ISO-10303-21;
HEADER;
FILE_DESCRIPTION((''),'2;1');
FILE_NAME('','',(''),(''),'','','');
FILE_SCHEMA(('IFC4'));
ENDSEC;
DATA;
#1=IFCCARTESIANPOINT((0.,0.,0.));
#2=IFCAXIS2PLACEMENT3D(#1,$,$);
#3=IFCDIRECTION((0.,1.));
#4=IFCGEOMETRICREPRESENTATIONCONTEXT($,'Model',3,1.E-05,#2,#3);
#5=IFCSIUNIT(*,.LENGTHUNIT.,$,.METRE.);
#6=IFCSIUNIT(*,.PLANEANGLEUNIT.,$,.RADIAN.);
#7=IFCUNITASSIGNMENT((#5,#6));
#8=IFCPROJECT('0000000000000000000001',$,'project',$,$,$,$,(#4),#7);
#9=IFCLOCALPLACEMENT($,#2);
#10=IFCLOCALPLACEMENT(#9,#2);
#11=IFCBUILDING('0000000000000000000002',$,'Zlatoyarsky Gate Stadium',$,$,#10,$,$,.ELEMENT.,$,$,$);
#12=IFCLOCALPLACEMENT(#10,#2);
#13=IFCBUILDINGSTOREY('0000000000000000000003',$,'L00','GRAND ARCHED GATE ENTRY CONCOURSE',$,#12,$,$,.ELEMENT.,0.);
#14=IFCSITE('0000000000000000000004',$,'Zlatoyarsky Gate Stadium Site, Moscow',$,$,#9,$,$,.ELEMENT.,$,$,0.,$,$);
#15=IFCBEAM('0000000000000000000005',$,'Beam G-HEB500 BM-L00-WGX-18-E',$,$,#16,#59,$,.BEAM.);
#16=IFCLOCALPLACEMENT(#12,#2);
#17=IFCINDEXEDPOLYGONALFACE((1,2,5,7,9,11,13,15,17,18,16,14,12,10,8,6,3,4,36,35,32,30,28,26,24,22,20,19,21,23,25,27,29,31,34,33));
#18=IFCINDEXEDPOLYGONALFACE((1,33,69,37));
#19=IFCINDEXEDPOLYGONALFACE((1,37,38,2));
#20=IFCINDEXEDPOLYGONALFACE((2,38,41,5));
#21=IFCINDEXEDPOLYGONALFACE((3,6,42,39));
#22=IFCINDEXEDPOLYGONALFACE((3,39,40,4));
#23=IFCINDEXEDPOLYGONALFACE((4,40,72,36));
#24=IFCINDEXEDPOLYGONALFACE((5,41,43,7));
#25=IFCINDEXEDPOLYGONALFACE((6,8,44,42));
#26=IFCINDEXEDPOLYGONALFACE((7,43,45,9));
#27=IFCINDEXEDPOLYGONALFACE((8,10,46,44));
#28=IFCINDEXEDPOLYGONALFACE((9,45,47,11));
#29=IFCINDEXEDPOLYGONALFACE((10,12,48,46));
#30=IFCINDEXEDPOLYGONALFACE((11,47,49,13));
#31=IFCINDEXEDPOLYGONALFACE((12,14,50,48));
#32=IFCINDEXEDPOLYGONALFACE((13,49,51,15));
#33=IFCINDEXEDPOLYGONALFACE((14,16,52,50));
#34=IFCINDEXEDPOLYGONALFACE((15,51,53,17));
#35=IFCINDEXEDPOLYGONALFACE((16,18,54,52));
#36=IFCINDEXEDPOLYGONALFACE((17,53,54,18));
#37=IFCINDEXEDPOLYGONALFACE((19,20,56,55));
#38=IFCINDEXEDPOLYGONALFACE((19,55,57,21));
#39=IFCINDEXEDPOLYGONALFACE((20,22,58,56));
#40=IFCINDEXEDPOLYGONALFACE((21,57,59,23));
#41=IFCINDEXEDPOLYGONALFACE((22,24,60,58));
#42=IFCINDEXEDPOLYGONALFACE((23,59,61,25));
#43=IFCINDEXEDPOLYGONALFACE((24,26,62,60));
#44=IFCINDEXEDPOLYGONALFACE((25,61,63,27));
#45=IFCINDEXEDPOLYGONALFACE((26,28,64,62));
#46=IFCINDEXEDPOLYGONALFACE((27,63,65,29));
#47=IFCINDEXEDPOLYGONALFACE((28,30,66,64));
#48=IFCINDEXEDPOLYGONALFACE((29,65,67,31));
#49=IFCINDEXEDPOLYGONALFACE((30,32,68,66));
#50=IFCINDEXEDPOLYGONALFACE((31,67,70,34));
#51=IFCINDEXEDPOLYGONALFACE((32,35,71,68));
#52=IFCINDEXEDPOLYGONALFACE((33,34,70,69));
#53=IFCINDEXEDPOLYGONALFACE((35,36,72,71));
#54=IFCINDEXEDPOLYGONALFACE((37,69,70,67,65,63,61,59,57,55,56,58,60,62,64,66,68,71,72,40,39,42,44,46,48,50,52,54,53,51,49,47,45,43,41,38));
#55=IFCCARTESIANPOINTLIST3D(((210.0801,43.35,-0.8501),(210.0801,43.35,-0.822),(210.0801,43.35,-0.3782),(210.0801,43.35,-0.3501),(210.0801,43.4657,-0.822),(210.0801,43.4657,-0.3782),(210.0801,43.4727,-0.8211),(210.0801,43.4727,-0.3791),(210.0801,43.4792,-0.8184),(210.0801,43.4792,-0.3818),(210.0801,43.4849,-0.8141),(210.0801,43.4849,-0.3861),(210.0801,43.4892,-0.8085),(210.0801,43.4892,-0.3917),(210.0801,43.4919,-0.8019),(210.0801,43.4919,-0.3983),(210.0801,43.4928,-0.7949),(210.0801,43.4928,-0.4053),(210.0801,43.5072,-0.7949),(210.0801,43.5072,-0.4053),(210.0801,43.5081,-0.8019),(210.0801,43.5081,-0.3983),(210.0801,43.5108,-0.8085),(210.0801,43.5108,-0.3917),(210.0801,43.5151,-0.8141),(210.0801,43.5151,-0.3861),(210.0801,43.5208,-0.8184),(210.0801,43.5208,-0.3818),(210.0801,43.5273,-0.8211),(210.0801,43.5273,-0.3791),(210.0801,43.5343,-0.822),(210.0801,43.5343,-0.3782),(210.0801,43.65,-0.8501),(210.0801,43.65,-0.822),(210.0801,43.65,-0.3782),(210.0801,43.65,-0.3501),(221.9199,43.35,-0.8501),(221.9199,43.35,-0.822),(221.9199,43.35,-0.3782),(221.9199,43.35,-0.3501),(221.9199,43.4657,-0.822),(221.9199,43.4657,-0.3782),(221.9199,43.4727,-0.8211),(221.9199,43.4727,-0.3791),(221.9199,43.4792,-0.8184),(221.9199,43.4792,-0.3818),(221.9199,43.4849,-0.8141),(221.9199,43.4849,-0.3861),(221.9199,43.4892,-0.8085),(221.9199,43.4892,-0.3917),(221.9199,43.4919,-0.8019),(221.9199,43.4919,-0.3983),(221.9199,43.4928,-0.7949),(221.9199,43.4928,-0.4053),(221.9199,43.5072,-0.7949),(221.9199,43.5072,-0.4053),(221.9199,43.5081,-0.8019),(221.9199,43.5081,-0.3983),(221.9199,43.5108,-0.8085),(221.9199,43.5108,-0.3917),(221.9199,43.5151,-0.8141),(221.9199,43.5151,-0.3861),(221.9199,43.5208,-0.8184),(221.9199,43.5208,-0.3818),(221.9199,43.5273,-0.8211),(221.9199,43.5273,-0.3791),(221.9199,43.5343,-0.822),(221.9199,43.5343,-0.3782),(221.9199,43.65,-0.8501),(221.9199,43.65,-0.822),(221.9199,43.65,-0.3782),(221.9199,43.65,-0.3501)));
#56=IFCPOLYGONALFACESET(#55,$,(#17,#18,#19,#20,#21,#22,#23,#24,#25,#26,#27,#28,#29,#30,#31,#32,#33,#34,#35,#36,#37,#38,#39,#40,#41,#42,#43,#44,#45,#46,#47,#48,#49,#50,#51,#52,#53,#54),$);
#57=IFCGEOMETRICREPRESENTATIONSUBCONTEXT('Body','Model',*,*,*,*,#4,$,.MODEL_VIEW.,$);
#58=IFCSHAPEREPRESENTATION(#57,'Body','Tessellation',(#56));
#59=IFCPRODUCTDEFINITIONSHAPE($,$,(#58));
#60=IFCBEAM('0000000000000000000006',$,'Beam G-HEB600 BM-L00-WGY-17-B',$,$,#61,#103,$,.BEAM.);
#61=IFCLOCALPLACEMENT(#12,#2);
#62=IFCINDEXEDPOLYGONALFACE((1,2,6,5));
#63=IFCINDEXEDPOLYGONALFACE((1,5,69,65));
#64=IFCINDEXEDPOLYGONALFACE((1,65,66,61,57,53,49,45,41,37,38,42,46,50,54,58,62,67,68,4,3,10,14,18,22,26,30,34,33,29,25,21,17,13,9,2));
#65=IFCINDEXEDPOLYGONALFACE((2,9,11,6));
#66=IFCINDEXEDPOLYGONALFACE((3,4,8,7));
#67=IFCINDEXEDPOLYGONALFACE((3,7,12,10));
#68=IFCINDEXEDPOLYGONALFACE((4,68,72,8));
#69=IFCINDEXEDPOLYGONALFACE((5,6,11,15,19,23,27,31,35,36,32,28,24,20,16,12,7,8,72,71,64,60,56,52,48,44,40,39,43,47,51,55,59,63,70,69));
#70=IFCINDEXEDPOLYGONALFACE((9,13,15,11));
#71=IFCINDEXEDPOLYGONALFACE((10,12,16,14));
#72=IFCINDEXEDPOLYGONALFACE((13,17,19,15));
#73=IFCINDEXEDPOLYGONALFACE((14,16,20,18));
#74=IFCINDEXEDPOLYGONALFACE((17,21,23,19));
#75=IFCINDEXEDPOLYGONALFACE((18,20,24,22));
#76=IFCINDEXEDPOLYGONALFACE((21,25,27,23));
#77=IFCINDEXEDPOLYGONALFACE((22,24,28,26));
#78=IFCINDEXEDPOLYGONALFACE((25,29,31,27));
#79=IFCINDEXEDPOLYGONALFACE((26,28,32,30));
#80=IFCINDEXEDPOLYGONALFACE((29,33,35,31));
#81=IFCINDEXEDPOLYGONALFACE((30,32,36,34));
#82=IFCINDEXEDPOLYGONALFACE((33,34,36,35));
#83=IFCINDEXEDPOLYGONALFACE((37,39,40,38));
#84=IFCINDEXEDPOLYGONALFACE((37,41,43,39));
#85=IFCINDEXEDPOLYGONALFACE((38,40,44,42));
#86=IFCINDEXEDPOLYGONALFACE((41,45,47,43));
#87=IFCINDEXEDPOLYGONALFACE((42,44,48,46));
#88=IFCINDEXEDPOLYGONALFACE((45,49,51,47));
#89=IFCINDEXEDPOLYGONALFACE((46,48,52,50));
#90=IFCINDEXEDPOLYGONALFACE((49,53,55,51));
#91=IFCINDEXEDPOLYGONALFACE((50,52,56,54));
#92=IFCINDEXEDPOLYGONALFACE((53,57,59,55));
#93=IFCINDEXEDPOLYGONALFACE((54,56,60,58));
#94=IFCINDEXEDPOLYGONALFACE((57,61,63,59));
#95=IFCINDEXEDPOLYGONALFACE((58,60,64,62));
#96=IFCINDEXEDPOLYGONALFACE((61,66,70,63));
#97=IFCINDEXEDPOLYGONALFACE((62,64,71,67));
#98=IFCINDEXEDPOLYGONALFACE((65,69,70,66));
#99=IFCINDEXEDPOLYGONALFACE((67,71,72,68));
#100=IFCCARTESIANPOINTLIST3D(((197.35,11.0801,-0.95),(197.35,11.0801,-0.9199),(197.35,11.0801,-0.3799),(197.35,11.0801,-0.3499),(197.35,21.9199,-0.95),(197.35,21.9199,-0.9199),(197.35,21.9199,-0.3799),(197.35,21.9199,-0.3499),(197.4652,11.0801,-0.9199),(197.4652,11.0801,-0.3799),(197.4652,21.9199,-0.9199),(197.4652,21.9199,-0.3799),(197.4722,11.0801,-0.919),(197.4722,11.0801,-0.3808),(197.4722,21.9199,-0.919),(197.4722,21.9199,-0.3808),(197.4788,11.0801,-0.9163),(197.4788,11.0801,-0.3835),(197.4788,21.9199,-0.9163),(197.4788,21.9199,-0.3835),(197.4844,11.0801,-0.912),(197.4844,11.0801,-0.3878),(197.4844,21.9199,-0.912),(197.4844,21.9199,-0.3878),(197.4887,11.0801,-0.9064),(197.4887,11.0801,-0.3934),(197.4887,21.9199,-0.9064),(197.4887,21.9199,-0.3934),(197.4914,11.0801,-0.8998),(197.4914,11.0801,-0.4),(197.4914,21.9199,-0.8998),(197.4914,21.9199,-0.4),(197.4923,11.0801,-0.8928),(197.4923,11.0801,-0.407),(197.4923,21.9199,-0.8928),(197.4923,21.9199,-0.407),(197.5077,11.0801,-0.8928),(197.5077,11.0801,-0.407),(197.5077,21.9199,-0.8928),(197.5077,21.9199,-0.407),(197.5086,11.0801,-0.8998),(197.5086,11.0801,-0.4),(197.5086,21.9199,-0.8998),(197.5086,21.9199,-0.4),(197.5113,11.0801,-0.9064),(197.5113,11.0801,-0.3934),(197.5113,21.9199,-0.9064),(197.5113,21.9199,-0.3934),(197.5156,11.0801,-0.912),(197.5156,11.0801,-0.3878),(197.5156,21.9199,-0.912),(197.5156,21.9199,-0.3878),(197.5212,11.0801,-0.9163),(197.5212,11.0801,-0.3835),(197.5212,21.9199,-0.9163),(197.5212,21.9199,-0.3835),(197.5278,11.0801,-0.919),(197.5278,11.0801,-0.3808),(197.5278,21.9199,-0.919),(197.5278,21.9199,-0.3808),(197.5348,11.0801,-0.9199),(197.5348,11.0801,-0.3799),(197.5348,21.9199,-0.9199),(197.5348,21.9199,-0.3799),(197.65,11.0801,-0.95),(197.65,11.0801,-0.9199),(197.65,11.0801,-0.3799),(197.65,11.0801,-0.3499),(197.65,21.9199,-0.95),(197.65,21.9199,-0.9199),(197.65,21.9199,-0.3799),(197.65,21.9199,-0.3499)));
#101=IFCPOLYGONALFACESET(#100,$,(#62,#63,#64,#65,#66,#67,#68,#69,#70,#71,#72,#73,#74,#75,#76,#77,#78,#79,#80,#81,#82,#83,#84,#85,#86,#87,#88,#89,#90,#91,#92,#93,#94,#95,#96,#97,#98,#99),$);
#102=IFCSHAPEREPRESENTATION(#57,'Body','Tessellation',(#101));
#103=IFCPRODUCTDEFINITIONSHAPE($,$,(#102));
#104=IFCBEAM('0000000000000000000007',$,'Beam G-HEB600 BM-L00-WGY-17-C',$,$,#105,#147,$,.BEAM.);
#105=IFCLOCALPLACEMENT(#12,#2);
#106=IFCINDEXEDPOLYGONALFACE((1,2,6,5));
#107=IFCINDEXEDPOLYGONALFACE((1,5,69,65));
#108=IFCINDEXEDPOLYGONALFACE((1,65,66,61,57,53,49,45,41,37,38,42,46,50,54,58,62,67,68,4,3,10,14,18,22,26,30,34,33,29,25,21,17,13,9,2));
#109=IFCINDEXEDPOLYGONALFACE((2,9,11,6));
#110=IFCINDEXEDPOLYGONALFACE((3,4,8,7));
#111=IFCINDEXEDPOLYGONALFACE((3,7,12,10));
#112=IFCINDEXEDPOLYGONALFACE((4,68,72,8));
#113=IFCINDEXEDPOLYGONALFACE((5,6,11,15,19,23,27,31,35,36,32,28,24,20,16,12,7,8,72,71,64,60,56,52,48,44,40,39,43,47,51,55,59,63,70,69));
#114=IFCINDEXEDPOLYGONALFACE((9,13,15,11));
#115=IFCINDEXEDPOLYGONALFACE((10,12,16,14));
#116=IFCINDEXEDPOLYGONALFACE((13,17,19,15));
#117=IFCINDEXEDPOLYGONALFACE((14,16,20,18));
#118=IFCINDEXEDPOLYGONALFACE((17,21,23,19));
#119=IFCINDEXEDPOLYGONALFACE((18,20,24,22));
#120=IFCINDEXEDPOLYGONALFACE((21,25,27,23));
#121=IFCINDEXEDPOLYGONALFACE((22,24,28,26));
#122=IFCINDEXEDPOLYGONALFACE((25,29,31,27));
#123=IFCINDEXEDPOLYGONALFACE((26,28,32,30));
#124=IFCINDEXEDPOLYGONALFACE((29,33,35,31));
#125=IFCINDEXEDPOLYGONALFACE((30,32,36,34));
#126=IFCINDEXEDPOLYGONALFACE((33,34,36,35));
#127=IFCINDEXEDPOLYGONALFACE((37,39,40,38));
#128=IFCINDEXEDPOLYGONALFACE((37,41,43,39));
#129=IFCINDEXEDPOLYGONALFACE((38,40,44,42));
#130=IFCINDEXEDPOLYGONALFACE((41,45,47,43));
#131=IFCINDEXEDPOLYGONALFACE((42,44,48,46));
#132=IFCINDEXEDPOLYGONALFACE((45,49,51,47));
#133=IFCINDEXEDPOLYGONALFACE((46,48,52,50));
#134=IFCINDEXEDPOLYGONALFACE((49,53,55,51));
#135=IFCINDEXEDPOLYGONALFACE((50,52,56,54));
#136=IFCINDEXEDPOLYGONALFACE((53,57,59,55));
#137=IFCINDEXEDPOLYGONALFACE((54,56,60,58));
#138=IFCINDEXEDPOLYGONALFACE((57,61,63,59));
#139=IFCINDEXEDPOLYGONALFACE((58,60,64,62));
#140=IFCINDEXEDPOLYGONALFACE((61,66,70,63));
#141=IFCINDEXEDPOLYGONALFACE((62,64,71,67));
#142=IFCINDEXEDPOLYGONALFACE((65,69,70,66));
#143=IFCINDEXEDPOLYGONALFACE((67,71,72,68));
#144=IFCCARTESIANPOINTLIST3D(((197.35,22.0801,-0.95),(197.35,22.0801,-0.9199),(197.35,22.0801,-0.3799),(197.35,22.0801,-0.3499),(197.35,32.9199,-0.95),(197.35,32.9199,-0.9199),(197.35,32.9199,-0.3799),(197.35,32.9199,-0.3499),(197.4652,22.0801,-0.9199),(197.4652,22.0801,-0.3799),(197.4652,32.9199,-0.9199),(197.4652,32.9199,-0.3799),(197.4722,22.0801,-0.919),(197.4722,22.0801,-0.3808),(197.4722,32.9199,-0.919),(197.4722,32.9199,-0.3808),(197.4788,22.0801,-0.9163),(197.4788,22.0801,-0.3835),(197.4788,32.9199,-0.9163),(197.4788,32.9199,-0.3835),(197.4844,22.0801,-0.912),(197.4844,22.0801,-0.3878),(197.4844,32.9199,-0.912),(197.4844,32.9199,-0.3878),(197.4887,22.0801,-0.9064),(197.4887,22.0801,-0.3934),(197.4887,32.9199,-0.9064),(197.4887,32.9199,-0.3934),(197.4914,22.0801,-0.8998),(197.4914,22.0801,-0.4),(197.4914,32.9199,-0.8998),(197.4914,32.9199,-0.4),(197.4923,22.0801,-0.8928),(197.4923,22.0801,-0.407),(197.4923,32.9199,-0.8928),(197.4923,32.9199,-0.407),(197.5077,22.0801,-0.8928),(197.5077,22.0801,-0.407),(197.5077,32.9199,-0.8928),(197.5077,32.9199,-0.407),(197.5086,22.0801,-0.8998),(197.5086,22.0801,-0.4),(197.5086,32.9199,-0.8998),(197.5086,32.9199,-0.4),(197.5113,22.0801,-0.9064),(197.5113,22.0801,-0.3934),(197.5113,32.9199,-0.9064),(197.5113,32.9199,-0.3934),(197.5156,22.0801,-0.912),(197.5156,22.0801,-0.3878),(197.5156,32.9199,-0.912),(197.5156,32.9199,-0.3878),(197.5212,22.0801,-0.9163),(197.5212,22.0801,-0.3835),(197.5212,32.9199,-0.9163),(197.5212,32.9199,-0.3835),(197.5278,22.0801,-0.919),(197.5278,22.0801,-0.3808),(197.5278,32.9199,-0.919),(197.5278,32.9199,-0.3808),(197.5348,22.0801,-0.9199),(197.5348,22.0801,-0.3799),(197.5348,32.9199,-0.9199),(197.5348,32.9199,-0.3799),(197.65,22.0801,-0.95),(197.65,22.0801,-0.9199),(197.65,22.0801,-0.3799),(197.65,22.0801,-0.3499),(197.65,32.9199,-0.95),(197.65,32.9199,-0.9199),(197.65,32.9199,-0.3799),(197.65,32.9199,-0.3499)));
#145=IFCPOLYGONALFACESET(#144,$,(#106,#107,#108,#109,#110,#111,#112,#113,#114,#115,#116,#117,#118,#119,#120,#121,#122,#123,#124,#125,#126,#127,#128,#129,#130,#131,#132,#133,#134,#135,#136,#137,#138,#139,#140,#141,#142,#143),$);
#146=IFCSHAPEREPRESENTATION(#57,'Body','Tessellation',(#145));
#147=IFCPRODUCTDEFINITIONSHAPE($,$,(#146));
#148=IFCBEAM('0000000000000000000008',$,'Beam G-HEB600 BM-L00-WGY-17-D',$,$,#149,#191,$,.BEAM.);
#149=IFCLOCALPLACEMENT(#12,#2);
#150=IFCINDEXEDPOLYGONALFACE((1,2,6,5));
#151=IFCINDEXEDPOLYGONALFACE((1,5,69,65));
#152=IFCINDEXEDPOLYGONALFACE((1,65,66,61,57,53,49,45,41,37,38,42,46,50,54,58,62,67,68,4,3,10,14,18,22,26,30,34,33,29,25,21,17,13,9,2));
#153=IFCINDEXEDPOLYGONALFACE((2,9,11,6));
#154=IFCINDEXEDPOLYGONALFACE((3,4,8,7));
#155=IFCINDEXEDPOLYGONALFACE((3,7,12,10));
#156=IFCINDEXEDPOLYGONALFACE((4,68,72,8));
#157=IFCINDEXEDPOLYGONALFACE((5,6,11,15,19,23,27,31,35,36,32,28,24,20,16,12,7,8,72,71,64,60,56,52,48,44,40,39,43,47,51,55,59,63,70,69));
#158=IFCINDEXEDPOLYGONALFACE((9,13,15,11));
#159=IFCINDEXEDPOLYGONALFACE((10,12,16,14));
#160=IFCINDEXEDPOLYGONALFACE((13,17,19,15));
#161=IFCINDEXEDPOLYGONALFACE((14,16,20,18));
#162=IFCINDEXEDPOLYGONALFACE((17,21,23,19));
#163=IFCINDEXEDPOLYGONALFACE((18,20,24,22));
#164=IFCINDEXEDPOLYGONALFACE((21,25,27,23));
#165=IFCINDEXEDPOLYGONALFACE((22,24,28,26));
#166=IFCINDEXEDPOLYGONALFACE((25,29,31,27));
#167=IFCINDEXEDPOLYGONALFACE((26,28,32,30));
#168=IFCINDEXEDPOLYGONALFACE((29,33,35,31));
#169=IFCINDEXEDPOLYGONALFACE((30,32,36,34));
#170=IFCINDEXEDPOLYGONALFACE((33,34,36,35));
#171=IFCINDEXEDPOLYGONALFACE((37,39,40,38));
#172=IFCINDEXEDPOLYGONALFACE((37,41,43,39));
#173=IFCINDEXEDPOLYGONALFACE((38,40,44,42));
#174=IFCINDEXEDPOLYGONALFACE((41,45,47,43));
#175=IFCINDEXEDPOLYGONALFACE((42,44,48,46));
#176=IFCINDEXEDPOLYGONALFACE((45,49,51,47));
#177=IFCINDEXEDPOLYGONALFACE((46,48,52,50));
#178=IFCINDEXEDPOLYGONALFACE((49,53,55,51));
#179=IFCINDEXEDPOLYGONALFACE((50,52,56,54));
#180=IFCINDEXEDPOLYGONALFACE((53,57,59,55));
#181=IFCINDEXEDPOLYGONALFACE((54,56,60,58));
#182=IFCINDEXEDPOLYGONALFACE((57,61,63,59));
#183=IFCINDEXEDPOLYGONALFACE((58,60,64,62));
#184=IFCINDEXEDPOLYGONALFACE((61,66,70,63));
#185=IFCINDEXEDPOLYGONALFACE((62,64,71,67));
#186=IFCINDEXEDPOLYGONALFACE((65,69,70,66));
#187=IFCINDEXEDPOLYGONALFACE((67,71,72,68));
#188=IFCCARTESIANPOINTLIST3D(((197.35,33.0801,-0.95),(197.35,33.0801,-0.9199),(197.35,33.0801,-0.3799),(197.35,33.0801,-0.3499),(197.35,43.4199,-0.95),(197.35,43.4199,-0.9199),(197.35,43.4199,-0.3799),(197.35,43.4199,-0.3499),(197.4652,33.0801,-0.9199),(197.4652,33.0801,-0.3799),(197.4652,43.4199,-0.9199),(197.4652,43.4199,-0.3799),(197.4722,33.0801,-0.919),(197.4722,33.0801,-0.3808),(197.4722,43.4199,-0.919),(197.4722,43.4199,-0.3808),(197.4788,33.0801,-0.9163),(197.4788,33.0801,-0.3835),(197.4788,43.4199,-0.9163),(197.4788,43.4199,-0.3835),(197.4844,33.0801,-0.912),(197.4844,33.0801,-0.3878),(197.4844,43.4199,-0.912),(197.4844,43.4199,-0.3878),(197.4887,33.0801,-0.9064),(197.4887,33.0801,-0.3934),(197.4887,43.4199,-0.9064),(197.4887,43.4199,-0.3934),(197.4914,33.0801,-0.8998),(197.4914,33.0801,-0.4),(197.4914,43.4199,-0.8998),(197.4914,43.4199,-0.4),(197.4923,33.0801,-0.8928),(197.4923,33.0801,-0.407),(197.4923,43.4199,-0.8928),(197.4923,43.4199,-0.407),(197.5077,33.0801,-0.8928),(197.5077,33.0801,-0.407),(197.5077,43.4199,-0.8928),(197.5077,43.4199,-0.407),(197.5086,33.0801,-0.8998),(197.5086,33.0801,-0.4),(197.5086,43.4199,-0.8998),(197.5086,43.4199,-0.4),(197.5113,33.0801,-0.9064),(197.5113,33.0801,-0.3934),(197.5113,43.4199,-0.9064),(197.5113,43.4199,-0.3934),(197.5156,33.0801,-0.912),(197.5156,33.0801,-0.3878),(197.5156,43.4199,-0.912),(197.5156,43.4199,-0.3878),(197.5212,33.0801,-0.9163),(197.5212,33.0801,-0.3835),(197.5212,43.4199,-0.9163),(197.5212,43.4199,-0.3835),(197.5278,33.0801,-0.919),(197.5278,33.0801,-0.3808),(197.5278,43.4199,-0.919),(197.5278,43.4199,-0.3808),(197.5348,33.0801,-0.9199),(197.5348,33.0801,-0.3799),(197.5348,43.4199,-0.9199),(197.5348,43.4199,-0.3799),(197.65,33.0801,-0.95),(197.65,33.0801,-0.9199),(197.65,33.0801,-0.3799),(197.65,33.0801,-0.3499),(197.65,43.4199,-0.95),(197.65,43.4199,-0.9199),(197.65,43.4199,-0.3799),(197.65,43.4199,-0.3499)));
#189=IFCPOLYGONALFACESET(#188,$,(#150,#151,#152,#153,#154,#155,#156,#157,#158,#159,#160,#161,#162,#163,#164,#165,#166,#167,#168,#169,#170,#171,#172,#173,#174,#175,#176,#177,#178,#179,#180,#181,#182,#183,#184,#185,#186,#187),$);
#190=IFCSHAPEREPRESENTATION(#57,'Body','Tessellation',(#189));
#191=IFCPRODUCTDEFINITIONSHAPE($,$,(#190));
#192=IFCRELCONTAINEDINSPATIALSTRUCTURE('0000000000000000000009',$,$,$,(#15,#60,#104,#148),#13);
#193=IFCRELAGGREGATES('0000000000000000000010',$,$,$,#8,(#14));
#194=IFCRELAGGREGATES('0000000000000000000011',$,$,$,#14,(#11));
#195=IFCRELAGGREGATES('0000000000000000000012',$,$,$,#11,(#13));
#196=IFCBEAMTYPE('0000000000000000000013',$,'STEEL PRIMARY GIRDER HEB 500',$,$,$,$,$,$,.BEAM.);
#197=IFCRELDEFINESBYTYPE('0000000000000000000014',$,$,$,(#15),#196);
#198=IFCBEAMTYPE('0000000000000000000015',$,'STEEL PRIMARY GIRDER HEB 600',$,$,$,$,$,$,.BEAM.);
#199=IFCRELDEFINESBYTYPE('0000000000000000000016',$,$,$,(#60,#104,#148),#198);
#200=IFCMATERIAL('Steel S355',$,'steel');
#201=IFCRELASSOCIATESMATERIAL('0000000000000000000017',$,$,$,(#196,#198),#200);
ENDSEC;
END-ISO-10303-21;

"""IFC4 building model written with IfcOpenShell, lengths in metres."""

from ifc_helpers import new_model, si_unit, direction, frame, origin, origin_2d, place, context, subcontext, project, spatial, i_section, extrude, material, material_profile, profile_set, type_object, element, save


model = new_model("IFC4")

# Units and contexts
model_context = context("Model", 3, precision=1e-05, world=origin(), true_north=direction((0.0, 1.0)))
body_context = subcontext(model_context, "Body", "Model", "MODEL_VIEW")
ifc_project = project(units=[si_unit("LENGTHUNIT", "METRE"), si_unit("PLANEANGLEUNIT", "RADIAN")], contexts=[model_context])

# Site, building, storey
site_placement = place(None, origin())
site = spatial("IfcSite", under=ifc_project, at=site_placement, Name="Zlatoyarsky Gate Stadium Site, Moscow", CompositionType="ELEMENT", RefElevation=0.0)
building_placement = place(site_placement, origin())
building = spatial("IfcBuilding", under=site, at=building_placement, Name="Zlatoyarsky Gate Stadium", CompositionType="ELEMENT")
storey_placement = place(building_placement, origin())
storey = spatial("IfcBuildingStorey", under=building, at=storey_placement, Name="L00", Description="GRAND ARCHED GATE ENTRY CONCOURSE", CompositionType="ELEMENT", Elevation=0.0)

# Shared definitions
ifc_material_1 = material(Name="Steel S355", Category="steel")

# Beams
ifc_material_profile_1 = material_profile(ifc_material_1, i_section(OverallWidth=0.3, OverallDepth=0.5, WebThickness=0.0144, FlangeThickness=0.0281, FilletRadius=0.0271, at=origin_2d()), Name="HEB 500")
ifc_profile_set_1 = profile_set([ifc_material_profile_1], Name="Steel S355")
beam_type_1 = type_object("IfcBeamType", Name="STEEL PRIMARY GIRDER HEB 500", PredefinedType="BEAM", material=ifc_profile_set_1)
beam_1_placement = place(storey_placement, frame((210.0801, 43.5, -0.6001), z_axis=(1.0, 0.0, 0.0), x_axis=(0.0, 1.0, 0.0)))
element("IfcBeam", 1, at=beam_1_placement, inside=storey, type_object=beam_type_1, Name="Beam G-HEB500 BM-L00-WGX-18-E", PredefinedType="BEAM", context=body_context, shape_type="SweptSolid", body=[
    extrude(i_section(OverallWidth=0.3, OverallDepth=0.5, WebThickness=0.0144, FlangeThickness=0.0281, FilletRadius=0.0271, at=origin_2d()), origin(), (0.0, 0.0, 1.0), 11.8398),
])
ifc_material_profile_2 = material_profile(ifc_material_1, i_section(OverallWidth=0.3, OverallDepth=0.6001, WebThickness=0.0154, FlangeThickness=0.03, FilletRadius=0.0271, at=origin_2d()), Name="HEB 600")
ifc_profile_set_2 = profile_set([ifc_material_profile_2], Name="Steel S355")
beam_type_2 = type_object("IfcBeamType", Name="STEEL PRIMARY GIRDER HEB 600", PredefinedType="BEAM", material=ifc_profile_set_2)
for number, where, z_axis, x_axis, name in (
    (2, (197.5, 11.0801, -0.6499), (0.0, 1.0, 0.0), (-1.0, 0.0, 0.0), "Beam G-HEB600 BM-L00-WGY-17-B"),
    (3, (197.5, 22.0801, -0.6499), (0.0, 1.0, 0.0), (-1.0, 0.0, 0.0), "Beam G-HEB600 BM-L00-WGY-17-C"),
):
    element("IfcBeam", number, at=place(storey_placement, frame(where, z_axis=z_axis, x_axis=x_axis)), inside=storey, type_object=beam_type_2, Name=name, PredefinedType="BEAM", context=body_context, shape_type="SweptSolid", body=[
        extrude(i_section(OverallWidth=0.3, OverallDepth=0.6001, WebThickness=0.0154, FlangeThickness=0.03, FilletRadius=0.0271, at=origin_2d()), origin(), (0.0, 0.0, 1.0), 10.8398),
    ])
for number, where, z_axis, x_axis, name in (
    (4, (197.5, 33.0801, -0.6499), (0.0, 1.0, 0.0), (-1.0, 0.0, 0.0), "Beam G-HEB600 BM-L00-WGY-17-D"),
):
    element("IfcBeam", number, at=place(storey_placement, frame(where, z_axis=z_axis, x_axis=x_axis)), inside=storey, type_object=beam_type_2, Name=name, PredefinedType="BEAM", context=body_context, shape_type="SweptSolid", body=[
        extrude(i_section(OverallWidth=0.3, OverallDepth=0.6001, WebThickness=0.0154, FlangeThickness=0.03, FilletRadius=0.0271, at=origin_2d()), origin(), (0.0, 0.0, 1.0), 10.3398),
    ])

save(model, "model.ifc")
